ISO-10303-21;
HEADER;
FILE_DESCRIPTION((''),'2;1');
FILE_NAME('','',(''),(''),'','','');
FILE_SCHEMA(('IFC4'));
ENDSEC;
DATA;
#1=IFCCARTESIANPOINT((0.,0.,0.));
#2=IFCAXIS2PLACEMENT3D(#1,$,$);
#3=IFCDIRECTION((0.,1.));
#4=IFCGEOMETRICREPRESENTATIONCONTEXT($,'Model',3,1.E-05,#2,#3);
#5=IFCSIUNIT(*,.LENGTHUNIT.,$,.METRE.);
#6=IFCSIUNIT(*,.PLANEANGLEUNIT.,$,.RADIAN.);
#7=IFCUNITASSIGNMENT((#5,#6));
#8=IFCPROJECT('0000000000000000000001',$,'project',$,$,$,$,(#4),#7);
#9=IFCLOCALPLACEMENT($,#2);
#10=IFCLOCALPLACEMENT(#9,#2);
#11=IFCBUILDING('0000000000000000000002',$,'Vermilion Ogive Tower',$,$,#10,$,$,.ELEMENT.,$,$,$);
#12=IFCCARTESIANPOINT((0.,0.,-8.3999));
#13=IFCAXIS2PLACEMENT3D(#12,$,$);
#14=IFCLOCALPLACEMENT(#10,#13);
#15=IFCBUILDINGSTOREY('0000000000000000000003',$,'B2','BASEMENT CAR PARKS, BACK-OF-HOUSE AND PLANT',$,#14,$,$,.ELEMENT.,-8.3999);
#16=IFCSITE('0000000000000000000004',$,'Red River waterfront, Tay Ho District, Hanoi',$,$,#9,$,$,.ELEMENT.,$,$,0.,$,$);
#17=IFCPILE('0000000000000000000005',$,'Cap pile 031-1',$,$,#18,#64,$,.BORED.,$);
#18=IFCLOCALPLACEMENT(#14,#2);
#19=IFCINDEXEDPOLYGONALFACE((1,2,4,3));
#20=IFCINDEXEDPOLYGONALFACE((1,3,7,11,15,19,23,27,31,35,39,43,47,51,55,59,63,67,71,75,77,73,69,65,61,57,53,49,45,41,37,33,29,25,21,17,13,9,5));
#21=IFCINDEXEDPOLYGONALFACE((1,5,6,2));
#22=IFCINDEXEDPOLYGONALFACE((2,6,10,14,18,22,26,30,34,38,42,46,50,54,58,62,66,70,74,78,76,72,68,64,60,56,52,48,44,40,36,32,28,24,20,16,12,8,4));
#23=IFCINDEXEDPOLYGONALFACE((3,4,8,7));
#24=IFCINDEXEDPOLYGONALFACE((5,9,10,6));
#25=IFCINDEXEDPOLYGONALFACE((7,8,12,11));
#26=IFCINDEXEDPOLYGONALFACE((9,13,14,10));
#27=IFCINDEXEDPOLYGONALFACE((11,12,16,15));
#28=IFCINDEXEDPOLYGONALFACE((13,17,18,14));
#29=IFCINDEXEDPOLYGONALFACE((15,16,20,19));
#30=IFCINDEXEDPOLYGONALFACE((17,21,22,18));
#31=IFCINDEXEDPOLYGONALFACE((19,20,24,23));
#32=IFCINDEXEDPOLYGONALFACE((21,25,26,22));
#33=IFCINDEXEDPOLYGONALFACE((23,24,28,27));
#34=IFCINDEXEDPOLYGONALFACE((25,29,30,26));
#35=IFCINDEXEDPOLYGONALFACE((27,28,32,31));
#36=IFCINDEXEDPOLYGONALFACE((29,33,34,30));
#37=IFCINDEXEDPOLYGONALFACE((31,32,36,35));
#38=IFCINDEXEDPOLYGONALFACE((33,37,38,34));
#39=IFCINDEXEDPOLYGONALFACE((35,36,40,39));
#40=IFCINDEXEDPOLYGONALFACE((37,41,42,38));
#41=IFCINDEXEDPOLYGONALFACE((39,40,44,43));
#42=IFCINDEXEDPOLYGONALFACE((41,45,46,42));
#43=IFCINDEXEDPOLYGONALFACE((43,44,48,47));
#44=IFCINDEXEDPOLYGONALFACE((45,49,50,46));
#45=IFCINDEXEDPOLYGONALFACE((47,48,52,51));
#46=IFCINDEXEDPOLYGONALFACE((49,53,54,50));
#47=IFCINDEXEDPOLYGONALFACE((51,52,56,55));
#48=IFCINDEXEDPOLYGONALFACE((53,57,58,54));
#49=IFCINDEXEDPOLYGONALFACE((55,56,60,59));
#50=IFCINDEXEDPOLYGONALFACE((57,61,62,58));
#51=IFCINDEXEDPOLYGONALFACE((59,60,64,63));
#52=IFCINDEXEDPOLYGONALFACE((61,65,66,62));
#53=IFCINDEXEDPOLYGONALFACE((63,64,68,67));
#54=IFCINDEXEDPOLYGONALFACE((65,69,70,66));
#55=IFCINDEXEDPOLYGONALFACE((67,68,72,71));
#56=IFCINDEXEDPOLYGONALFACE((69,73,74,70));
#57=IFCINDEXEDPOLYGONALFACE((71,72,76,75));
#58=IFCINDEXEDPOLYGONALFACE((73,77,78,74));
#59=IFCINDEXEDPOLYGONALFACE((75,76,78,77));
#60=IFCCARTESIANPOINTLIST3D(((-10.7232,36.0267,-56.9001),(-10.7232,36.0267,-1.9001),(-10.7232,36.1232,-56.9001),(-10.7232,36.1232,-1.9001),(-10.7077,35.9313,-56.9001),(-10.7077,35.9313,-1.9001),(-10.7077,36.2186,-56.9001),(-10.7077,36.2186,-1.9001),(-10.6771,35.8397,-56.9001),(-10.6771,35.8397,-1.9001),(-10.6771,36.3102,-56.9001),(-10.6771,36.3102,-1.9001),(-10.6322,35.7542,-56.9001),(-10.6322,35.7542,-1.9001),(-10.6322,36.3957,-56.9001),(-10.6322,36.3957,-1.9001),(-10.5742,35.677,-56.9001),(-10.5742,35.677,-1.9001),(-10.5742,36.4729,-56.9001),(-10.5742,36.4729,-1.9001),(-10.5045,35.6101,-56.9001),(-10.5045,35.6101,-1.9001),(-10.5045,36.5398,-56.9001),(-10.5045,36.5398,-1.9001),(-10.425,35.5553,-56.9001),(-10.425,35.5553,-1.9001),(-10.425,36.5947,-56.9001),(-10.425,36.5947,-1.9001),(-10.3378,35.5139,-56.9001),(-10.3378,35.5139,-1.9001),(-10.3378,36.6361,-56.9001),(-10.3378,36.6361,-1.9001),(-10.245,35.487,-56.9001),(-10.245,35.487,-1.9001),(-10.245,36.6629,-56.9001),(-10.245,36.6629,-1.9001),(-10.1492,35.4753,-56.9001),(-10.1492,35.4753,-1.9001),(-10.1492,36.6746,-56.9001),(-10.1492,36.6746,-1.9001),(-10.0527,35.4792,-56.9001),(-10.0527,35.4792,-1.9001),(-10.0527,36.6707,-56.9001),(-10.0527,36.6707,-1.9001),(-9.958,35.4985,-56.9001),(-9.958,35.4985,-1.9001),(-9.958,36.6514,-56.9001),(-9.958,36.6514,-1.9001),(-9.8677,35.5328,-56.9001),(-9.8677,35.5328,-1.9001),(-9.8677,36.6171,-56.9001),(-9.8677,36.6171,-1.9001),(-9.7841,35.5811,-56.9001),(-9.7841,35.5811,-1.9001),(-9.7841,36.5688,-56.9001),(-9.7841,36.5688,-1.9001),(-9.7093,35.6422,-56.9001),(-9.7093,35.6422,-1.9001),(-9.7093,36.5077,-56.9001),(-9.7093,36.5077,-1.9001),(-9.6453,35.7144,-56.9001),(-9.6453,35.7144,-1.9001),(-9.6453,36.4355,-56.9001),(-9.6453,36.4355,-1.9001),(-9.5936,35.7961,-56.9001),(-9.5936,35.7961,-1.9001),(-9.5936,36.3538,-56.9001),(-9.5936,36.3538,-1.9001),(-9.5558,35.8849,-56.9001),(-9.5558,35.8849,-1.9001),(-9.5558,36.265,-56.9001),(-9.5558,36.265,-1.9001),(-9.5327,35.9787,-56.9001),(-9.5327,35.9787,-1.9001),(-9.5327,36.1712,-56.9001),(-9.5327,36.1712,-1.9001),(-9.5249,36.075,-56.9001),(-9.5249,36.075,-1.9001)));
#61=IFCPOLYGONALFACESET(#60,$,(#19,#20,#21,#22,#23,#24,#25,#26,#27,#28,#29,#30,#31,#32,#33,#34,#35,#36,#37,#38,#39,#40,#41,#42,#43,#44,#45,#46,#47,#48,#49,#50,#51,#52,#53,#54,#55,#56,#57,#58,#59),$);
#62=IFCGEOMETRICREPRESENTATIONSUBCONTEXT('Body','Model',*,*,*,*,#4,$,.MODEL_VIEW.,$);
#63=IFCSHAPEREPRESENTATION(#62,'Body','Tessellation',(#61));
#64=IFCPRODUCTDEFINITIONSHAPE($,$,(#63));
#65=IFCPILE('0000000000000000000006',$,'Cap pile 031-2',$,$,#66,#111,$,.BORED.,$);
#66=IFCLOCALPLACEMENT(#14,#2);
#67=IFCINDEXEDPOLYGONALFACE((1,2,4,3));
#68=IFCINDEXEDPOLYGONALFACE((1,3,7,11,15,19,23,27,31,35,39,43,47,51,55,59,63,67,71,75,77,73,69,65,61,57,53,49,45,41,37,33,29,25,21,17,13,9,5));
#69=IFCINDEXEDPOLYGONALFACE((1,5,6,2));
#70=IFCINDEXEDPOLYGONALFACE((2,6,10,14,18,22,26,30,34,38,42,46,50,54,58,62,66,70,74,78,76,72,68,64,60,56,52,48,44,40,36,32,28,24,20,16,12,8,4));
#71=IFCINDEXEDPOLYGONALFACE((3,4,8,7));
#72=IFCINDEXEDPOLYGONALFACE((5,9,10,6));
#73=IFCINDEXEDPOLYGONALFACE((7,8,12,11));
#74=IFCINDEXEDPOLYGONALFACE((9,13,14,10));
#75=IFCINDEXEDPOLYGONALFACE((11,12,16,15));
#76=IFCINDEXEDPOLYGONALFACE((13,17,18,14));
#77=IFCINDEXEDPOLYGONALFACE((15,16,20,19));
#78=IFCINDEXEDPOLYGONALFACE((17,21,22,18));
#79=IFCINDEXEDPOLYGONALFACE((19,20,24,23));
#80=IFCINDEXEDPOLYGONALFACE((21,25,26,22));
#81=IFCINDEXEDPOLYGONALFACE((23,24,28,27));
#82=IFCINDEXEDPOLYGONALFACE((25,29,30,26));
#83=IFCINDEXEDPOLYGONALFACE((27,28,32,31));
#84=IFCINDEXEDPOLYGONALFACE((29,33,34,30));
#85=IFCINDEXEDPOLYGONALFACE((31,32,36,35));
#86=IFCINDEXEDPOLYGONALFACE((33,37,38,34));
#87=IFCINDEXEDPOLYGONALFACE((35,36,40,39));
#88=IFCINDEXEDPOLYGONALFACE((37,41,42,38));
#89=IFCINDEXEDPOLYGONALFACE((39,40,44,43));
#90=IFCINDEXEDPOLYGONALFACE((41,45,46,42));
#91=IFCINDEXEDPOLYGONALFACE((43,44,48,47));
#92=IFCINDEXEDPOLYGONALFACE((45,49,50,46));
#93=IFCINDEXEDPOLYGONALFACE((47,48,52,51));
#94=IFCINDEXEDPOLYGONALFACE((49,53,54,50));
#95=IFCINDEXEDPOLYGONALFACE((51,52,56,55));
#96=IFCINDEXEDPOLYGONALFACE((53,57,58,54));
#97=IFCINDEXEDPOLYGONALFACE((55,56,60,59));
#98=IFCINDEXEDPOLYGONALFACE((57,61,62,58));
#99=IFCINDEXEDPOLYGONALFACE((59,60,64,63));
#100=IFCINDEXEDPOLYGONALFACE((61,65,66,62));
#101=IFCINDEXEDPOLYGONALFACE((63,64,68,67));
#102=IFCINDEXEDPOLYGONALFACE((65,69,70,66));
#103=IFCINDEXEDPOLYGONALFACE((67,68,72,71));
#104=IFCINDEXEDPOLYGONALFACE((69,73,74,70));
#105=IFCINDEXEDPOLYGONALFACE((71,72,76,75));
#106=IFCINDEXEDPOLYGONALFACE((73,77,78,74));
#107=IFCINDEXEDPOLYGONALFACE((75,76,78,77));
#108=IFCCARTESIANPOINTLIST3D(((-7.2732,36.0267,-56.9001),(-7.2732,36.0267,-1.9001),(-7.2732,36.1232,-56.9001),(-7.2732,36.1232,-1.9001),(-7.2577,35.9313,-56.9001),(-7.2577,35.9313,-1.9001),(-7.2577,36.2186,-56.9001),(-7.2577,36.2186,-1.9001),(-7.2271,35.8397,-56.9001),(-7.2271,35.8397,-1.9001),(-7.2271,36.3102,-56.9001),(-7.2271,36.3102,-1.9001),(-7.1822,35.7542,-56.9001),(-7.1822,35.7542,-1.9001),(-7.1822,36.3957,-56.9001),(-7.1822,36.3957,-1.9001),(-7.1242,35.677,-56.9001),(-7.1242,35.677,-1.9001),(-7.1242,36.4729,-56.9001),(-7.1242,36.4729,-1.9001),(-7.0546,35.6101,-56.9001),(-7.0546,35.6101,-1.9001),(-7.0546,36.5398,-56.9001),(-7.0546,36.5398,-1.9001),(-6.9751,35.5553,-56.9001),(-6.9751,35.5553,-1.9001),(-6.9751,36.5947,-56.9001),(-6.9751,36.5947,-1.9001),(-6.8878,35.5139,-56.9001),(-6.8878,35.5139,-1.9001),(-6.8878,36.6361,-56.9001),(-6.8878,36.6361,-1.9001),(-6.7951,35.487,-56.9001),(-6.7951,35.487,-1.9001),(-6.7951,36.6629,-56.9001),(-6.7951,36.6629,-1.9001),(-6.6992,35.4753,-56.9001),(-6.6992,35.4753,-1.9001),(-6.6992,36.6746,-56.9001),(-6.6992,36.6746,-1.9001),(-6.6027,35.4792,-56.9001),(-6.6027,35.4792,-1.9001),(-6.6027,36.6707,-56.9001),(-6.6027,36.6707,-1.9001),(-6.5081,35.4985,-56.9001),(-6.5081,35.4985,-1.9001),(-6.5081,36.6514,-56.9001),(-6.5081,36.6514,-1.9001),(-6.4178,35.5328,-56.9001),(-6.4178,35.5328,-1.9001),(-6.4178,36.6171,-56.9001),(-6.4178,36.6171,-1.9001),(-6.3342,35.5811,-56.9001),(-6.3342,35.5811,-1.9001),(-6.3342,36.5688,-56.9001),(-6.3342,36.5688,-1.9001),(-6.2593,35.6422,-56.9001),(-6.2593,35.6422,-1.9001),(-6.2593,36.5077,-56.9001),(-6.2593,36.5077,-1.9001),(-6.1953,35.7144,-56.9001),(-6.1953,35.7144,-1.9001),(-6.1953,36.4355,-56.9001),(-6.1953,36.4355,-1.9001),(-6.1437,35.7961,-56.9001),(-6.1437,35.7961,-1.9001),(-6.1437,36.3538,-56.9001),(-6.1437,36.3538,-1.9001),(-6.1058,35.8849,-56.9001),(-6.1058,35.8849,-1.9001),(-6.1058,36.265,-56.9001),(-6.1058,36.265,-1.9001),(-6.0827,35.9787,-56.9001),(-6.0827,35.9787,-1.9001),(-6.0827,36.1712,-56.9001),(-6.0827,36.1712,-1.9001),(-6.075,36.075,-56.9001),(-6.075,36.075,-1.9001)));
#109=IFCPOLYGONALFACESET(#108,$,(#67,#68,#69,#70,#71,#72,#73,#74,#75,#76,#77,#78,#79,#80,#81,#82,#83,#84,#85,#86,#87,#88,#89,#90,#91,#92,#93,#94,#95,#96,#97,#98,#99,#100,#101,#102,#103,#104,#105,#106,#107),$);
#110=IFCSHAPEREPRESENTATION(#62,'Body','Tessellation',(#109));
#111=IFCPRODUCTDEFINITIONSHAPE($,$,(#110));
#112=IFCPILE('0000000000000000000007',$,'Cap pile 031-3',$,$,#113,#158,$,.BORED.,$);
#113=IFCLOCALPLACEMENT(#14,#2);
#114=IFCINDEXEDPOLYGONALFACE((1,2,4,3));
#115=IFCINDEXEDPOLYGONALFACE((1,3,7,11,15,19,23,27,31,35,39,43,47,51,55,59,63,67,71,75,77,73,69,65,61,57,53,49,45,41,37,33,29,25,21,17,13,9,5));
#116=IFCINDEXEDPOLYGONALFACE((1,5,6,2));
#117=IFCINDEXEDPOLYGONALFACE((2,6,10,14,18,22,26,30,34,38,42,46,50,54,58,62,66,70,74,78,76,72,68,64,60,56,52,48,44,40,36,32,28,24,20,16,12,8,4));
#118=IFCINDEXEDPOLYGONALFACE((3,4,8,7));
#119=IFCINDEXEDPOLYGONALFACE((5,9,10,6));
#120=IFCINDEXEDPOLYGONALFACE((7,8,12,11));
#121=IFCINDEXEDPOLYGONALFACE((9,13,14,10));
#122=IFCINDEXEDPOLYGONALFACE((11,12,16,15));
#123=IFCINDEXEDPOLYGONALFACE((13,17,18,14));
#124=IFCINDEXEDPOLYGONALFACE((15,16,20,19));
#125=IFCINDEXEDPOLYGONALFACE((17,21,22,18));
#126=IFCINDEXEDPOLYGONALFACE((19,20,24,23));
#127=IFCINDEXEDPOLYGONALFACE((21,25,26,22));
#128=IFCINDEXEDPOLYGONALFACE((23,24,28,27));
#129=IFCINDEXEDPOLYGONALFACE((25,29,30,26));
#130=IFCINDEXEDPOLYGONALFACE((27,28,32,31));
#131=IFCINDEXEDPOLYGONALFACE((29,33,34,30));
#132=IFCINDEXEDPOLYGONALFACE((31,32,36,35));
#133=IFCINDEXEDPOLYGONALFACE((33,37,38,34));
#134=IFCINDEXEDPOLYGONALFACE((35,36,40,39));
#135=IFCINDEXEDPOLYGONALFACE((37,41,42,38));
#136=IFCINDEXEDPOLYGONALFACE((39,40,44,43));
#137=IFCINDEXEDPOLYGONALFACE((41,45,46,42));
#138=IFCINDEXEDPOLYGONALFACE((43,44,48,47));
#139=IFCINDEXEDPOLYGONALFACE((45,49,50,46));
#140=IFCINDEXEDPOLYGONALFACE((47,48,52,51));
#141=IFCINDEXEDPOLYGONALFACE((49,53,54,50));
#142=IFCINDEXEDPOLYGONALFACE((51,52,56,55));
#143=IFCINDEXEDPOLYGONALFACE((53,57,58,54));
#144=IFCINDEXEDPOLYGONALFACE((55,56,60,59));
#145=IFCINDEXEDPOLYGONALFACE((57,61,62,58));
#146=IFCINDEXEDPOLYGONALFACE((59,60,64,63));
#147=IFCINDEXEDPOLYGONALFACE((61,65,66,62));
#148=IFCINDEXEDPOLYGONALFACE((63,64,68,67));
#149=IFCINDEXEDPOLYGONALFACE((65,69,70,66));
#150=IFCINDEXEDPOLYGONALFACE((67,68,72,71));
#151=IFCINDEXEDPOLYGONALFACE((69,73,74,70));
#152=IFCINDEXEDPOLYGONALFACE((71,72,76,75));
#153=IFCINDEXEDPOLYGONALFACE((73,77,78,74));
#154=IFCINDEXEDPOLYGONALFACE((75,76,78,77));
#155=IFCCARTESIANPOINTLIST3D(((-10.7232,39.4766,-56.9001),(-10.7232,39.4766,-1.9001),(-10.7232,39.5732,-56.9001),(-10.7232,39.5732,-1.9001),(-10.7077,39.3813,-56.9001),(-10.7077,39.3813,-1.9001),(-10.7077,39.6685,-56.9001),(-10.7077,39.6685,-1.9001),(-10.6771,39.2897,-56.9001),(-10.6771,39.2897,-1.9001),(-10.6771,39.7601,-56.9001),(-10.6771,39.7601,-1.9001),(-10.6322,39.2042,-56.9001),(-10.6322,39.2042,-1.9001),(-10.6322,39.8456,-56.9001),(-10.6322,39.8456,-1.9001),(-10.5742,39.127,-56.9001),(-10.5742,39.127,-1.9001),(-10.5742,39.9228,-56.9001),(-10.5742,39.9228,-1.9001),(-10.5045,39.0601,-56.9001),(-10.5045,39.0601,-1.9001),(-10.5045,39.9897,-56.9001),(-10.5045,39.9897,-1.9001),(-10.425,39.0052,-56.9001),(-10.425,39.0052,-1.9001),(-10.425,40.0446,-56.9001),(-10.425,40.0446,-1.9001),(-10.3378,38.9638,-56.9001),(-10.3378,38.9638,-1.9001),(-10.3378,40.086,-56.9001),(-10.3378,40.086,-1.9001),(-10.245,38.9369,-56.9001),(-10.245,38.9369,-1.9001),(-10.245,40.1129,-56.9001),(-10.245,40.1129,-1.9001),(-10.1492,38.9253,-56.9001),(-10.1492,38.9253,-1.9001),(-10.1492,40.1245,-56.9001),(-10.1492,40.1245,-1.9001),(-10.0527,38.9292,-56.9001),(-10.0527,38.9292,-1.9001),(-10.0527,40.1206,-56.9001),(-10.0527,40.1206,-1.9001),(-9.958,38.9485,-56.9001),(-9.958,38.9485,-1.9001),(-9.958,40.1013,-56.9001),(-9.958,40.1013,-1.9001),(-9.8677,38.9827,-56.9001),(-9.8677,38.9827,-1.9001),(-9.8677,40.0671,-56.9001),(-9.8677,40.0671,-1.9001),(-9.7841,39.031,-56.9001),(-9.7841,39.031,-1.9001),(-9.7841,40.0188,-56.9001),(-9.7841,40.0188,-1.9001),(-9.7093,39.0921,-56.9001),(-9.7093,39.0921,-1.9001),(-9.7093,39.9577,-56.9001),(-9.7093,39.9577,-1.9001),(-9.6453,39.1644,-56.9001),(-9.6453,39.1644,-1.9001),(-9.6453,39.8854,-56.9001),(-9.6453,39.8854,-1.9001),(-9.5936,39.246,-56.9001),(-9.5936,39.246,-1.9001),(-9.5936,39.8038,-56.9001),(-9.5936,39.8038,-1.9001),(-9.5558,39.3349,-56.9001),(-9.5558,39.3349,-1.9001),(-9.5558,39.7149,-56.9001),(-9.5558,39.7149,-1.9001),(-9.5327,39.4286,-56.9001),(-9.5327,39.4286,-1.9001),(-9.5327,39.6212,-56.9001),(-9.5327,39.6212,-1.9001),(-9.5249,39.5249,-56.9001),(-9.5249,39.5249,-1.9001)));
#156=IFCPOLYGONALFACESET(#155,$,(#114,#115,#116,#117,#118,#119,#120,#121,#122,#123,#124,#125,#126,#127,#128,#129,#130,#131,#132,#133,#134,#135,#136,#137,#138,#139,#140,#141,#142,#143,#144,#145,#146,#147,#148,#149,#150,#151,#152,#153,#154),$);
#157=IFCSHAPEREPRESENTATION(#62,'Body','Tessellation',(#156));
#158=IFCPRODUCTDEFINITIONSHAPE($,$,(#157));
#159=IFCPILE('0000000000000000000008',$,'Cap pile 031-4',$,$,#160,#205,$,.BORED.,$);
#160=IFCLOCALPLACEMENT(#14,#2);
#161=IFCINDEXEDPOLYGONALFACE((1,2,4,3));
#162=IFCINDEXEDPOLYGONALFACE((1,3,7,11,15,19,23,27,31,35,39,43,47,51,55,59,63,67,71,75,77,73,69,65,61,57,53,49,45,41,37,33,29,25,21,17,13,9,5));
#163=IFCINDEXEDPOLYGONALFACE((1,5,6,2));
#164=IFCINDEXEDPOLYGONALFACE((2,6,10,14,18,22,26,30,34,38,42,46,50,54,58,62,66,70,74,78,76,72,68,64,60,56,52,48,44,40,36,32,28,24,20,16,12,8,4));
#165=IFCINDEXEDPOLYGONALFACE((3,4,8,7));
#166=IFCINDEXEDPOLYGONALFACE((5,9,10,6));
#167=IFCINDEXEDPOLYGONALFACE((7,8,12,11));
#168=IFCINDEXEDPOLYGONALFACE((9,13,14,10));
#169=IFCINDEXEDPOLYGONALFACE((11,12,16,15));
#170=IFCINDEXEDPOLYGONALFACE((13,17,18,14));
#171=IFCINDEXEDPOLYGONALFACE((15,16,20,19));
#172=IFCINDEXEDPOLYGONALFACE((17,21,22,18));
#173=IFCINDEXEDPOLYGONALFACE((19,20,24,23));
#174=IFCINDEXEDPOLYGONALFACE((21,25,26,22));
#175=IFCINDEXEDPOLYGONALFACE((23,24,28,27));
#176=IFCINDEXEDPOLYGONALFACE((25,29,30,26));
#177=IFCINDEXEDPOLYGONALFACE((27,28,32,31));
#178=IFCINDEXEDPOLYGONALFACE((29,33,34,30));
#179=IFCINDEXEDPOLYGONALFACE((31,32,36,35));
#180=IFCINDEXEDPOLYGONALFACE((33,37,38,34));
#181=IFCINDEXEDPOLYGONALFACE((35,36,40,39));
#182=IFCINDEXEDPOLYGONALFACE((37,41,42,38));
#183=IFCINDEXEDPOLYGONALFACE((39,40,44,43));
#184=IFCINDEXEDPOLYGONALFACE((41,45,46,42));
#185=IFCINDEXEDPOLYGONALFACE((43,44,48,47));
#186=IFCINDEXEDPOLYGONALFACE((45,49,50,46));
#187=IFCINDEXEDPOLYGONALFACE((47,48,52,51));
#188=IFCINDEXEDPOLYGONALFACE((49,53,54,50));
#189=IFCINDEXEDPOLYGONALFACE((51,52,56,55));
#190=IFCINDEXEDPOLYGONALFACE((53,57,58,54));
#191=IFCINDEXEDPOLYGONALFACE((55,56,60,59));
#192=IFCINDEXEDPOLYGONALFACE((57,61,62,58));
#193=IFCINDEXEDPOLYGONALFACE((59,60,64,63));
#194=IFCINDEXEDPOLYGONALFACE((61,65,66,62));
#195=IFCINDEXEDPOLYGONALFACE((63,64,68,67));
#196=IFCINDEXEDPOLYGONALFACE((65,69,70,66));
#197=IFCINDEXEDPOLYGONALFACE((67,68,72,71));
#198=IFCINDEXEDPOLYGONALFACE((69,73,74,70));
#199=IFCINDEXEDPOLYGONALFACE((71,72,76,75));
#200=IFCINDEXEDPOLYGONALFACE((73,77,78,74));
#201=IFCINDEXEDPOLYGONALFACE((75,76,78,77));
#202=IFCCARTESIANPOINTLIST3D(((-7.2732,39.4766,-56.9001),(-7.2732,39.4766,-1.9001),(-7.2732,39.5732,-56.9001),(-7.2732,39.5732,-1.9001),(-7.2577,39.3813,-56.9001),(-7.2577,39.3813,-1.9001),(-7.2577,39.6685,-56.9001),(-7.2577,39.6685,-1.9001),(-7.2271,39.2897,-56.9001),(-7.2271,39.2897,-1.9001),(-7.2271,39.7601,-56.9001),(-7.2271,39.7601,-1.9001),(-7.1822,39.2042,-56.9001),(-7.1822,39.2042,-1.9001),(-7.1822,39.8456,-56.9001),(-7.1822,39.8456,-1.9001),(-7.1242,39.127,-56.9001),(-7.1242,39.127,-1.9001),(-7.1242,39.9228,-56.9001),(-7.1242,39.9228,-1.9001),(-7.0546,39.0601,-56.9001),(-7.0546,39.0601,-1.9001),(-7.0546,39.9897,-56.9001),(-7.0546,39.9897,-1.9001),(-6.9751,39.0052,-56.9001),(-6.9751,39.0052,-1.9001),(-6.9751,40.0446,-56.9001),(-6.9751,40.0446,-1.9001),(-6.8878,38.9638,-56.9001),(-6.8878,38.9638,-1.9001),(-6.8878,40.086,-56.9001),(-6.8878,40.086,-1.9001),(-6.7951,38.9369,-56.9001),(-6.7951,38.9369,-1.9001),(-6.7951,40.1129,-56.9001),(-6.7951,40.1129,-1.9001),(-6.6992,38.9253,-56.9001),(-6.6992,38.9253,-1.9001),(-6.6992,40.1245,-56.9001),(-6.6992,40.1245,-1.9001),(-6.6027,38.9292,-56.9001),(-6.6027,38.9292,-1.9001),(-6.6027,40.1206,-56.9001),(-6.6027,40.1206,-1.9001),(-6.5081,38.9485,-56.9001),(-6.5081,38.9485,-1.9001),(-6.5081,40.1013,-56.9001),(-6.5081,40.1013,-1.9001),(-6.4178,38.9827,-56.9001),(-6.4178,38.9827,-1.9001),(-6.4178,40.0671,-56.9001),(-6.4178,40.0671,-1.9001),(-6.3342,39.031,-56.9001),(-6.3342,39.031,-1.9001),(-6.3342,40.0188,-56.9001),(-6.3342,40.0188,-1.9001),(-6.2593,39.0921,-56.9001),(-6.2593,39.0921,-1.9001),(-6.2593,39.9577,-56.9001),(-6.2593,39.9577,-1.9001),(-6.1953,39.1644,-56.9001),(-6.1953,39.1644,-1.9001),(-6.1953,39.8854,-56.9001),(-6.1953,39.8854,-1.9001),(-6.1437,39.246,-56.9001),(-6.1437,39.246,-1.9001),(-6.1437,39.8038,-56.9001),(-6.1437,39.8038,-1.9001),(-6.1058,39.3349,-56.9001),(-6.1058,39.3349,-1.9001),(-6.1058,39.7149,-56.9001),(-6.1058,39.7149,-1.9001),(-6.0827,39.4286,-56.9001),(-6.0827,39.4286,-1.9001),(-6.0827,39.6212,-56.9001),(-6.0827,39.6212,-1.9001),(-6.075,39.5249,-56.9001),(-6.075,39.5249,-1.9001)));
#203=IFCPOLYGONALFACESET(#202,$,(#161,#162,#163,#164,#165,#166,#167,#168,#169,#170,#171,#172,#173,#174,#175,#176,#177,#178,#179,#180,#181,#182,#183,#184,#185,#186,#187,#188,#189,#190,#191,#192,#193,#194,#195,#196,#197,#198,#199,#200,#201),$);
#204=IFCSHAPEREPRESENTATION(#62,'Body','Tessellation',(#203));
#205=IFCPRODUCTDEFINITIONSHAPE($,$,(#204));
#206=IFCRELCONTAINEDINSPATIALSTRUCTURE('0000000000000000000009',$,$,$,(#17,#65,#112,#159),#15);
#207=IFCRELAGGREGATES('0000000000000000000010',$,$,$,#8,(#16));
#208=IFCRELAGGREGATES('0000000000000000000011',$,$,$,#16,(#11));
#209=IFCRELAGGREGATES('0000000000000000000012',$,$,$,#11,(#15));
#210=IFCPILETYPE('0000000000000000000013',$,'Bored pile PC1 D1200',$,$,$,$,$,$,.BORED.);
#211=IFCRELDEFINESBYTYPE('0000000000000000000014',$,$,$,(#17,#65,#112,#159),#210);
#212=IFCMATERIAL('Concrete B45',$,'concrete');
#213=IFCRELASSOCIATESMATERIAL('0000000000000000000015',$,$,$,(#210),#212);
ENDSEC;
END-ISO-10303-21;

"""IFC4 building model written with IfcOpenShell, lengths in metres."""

from ifc_helpers import new_model, si_unit, direction, frame, origin, origin_2d, place, context, subcontext, project, spatial, circle, extrude, material, type_object, element, save


model = new_model("IFC4")

# Units and contexts
model_context = context("Model", 3, precision=1e-05, world=origin(), true_north=direction((0.0, 1.0)))
body_context = subcontext(model_context, "Body", "Model", "MODEL_VIEW")
ifc_project = project(units=[si_unit("LENGTHUNIT", "METRE"), si_unit("PLANEANGLEUNIT", "RADIAN")], contexts=[model_context])

# Site, building, storey
site_placement = place(None, origin())
site = spatial("IfcSite", under=ifc_project, at=site_placement, Name="Red River waterfront, Tay Ho District, Hanoi", CompositionType="ELEMENT", RefElevation=0.0)
building_placement = place(site_placement, origin())
building = spatial("IfcBuilding", under=site, at=building_placement, Name="Vermilion Ogive Tower", CompositionType="ELEMENT")
storey_placement = place(building_placement, frame((0.0, 0.0, -8.3999)))
storey = spatial("IfcBuildingStorey", under=building, at=storey_placement, Name="B2", Description="BASEMENT CAR PARKS, BACK-OF-HOUSE AND PLANT", CompositionType="ELEMENT", Elevation=-8.3999)

# Piles
ifc_material_1 = material(Name="Concrete B45", Category="concrete")
pile_type_1 = type_object("IfcPileType", Name="Bored pile PC1 D1200", PredefinedType="BORED", material=ifc_material_1)
for number, where, z_axis, x_axis, name in (
    (1, (-10.125, 36.075, -1.9001), (0.0, 0.0, -1.0), (1.0, 0.0, 0.0), "Cap pile 031-1"),
    (2, (-6.675, 36.075, -1.9001), (0.0, 0.0, -1.0), (1.0, 0.0, 0.0), "Cap pile 031-2"),
    (3, (-10.125, 39.5249, -1.9001), (0.0, 0.0, -1.0), (1.0, 0.0, 0.0), "Cap pile 031-3"),
    (4, (-6.675, 39.5249, -1.9001), (0.0, 0.0, -1.0), (1.0, 0.0, 0.0), "Cap pile 031-4"),
):
    element("IfcPile", number, at=place(storey_placement, frame(where, z_axis=z_axis, x_axis=x_axis)), inside=storey, type_object=pile_type_1, Name=name, PredefinedType="BORED", context=body_context, shape_type="SweptSolid", body=[
        extrude(circle(Radius=0.6001, at=origin_2d()), origin(), (0.0, 0.0, 1.0), 55.0),
    ])

save(model, "model.ifc")
